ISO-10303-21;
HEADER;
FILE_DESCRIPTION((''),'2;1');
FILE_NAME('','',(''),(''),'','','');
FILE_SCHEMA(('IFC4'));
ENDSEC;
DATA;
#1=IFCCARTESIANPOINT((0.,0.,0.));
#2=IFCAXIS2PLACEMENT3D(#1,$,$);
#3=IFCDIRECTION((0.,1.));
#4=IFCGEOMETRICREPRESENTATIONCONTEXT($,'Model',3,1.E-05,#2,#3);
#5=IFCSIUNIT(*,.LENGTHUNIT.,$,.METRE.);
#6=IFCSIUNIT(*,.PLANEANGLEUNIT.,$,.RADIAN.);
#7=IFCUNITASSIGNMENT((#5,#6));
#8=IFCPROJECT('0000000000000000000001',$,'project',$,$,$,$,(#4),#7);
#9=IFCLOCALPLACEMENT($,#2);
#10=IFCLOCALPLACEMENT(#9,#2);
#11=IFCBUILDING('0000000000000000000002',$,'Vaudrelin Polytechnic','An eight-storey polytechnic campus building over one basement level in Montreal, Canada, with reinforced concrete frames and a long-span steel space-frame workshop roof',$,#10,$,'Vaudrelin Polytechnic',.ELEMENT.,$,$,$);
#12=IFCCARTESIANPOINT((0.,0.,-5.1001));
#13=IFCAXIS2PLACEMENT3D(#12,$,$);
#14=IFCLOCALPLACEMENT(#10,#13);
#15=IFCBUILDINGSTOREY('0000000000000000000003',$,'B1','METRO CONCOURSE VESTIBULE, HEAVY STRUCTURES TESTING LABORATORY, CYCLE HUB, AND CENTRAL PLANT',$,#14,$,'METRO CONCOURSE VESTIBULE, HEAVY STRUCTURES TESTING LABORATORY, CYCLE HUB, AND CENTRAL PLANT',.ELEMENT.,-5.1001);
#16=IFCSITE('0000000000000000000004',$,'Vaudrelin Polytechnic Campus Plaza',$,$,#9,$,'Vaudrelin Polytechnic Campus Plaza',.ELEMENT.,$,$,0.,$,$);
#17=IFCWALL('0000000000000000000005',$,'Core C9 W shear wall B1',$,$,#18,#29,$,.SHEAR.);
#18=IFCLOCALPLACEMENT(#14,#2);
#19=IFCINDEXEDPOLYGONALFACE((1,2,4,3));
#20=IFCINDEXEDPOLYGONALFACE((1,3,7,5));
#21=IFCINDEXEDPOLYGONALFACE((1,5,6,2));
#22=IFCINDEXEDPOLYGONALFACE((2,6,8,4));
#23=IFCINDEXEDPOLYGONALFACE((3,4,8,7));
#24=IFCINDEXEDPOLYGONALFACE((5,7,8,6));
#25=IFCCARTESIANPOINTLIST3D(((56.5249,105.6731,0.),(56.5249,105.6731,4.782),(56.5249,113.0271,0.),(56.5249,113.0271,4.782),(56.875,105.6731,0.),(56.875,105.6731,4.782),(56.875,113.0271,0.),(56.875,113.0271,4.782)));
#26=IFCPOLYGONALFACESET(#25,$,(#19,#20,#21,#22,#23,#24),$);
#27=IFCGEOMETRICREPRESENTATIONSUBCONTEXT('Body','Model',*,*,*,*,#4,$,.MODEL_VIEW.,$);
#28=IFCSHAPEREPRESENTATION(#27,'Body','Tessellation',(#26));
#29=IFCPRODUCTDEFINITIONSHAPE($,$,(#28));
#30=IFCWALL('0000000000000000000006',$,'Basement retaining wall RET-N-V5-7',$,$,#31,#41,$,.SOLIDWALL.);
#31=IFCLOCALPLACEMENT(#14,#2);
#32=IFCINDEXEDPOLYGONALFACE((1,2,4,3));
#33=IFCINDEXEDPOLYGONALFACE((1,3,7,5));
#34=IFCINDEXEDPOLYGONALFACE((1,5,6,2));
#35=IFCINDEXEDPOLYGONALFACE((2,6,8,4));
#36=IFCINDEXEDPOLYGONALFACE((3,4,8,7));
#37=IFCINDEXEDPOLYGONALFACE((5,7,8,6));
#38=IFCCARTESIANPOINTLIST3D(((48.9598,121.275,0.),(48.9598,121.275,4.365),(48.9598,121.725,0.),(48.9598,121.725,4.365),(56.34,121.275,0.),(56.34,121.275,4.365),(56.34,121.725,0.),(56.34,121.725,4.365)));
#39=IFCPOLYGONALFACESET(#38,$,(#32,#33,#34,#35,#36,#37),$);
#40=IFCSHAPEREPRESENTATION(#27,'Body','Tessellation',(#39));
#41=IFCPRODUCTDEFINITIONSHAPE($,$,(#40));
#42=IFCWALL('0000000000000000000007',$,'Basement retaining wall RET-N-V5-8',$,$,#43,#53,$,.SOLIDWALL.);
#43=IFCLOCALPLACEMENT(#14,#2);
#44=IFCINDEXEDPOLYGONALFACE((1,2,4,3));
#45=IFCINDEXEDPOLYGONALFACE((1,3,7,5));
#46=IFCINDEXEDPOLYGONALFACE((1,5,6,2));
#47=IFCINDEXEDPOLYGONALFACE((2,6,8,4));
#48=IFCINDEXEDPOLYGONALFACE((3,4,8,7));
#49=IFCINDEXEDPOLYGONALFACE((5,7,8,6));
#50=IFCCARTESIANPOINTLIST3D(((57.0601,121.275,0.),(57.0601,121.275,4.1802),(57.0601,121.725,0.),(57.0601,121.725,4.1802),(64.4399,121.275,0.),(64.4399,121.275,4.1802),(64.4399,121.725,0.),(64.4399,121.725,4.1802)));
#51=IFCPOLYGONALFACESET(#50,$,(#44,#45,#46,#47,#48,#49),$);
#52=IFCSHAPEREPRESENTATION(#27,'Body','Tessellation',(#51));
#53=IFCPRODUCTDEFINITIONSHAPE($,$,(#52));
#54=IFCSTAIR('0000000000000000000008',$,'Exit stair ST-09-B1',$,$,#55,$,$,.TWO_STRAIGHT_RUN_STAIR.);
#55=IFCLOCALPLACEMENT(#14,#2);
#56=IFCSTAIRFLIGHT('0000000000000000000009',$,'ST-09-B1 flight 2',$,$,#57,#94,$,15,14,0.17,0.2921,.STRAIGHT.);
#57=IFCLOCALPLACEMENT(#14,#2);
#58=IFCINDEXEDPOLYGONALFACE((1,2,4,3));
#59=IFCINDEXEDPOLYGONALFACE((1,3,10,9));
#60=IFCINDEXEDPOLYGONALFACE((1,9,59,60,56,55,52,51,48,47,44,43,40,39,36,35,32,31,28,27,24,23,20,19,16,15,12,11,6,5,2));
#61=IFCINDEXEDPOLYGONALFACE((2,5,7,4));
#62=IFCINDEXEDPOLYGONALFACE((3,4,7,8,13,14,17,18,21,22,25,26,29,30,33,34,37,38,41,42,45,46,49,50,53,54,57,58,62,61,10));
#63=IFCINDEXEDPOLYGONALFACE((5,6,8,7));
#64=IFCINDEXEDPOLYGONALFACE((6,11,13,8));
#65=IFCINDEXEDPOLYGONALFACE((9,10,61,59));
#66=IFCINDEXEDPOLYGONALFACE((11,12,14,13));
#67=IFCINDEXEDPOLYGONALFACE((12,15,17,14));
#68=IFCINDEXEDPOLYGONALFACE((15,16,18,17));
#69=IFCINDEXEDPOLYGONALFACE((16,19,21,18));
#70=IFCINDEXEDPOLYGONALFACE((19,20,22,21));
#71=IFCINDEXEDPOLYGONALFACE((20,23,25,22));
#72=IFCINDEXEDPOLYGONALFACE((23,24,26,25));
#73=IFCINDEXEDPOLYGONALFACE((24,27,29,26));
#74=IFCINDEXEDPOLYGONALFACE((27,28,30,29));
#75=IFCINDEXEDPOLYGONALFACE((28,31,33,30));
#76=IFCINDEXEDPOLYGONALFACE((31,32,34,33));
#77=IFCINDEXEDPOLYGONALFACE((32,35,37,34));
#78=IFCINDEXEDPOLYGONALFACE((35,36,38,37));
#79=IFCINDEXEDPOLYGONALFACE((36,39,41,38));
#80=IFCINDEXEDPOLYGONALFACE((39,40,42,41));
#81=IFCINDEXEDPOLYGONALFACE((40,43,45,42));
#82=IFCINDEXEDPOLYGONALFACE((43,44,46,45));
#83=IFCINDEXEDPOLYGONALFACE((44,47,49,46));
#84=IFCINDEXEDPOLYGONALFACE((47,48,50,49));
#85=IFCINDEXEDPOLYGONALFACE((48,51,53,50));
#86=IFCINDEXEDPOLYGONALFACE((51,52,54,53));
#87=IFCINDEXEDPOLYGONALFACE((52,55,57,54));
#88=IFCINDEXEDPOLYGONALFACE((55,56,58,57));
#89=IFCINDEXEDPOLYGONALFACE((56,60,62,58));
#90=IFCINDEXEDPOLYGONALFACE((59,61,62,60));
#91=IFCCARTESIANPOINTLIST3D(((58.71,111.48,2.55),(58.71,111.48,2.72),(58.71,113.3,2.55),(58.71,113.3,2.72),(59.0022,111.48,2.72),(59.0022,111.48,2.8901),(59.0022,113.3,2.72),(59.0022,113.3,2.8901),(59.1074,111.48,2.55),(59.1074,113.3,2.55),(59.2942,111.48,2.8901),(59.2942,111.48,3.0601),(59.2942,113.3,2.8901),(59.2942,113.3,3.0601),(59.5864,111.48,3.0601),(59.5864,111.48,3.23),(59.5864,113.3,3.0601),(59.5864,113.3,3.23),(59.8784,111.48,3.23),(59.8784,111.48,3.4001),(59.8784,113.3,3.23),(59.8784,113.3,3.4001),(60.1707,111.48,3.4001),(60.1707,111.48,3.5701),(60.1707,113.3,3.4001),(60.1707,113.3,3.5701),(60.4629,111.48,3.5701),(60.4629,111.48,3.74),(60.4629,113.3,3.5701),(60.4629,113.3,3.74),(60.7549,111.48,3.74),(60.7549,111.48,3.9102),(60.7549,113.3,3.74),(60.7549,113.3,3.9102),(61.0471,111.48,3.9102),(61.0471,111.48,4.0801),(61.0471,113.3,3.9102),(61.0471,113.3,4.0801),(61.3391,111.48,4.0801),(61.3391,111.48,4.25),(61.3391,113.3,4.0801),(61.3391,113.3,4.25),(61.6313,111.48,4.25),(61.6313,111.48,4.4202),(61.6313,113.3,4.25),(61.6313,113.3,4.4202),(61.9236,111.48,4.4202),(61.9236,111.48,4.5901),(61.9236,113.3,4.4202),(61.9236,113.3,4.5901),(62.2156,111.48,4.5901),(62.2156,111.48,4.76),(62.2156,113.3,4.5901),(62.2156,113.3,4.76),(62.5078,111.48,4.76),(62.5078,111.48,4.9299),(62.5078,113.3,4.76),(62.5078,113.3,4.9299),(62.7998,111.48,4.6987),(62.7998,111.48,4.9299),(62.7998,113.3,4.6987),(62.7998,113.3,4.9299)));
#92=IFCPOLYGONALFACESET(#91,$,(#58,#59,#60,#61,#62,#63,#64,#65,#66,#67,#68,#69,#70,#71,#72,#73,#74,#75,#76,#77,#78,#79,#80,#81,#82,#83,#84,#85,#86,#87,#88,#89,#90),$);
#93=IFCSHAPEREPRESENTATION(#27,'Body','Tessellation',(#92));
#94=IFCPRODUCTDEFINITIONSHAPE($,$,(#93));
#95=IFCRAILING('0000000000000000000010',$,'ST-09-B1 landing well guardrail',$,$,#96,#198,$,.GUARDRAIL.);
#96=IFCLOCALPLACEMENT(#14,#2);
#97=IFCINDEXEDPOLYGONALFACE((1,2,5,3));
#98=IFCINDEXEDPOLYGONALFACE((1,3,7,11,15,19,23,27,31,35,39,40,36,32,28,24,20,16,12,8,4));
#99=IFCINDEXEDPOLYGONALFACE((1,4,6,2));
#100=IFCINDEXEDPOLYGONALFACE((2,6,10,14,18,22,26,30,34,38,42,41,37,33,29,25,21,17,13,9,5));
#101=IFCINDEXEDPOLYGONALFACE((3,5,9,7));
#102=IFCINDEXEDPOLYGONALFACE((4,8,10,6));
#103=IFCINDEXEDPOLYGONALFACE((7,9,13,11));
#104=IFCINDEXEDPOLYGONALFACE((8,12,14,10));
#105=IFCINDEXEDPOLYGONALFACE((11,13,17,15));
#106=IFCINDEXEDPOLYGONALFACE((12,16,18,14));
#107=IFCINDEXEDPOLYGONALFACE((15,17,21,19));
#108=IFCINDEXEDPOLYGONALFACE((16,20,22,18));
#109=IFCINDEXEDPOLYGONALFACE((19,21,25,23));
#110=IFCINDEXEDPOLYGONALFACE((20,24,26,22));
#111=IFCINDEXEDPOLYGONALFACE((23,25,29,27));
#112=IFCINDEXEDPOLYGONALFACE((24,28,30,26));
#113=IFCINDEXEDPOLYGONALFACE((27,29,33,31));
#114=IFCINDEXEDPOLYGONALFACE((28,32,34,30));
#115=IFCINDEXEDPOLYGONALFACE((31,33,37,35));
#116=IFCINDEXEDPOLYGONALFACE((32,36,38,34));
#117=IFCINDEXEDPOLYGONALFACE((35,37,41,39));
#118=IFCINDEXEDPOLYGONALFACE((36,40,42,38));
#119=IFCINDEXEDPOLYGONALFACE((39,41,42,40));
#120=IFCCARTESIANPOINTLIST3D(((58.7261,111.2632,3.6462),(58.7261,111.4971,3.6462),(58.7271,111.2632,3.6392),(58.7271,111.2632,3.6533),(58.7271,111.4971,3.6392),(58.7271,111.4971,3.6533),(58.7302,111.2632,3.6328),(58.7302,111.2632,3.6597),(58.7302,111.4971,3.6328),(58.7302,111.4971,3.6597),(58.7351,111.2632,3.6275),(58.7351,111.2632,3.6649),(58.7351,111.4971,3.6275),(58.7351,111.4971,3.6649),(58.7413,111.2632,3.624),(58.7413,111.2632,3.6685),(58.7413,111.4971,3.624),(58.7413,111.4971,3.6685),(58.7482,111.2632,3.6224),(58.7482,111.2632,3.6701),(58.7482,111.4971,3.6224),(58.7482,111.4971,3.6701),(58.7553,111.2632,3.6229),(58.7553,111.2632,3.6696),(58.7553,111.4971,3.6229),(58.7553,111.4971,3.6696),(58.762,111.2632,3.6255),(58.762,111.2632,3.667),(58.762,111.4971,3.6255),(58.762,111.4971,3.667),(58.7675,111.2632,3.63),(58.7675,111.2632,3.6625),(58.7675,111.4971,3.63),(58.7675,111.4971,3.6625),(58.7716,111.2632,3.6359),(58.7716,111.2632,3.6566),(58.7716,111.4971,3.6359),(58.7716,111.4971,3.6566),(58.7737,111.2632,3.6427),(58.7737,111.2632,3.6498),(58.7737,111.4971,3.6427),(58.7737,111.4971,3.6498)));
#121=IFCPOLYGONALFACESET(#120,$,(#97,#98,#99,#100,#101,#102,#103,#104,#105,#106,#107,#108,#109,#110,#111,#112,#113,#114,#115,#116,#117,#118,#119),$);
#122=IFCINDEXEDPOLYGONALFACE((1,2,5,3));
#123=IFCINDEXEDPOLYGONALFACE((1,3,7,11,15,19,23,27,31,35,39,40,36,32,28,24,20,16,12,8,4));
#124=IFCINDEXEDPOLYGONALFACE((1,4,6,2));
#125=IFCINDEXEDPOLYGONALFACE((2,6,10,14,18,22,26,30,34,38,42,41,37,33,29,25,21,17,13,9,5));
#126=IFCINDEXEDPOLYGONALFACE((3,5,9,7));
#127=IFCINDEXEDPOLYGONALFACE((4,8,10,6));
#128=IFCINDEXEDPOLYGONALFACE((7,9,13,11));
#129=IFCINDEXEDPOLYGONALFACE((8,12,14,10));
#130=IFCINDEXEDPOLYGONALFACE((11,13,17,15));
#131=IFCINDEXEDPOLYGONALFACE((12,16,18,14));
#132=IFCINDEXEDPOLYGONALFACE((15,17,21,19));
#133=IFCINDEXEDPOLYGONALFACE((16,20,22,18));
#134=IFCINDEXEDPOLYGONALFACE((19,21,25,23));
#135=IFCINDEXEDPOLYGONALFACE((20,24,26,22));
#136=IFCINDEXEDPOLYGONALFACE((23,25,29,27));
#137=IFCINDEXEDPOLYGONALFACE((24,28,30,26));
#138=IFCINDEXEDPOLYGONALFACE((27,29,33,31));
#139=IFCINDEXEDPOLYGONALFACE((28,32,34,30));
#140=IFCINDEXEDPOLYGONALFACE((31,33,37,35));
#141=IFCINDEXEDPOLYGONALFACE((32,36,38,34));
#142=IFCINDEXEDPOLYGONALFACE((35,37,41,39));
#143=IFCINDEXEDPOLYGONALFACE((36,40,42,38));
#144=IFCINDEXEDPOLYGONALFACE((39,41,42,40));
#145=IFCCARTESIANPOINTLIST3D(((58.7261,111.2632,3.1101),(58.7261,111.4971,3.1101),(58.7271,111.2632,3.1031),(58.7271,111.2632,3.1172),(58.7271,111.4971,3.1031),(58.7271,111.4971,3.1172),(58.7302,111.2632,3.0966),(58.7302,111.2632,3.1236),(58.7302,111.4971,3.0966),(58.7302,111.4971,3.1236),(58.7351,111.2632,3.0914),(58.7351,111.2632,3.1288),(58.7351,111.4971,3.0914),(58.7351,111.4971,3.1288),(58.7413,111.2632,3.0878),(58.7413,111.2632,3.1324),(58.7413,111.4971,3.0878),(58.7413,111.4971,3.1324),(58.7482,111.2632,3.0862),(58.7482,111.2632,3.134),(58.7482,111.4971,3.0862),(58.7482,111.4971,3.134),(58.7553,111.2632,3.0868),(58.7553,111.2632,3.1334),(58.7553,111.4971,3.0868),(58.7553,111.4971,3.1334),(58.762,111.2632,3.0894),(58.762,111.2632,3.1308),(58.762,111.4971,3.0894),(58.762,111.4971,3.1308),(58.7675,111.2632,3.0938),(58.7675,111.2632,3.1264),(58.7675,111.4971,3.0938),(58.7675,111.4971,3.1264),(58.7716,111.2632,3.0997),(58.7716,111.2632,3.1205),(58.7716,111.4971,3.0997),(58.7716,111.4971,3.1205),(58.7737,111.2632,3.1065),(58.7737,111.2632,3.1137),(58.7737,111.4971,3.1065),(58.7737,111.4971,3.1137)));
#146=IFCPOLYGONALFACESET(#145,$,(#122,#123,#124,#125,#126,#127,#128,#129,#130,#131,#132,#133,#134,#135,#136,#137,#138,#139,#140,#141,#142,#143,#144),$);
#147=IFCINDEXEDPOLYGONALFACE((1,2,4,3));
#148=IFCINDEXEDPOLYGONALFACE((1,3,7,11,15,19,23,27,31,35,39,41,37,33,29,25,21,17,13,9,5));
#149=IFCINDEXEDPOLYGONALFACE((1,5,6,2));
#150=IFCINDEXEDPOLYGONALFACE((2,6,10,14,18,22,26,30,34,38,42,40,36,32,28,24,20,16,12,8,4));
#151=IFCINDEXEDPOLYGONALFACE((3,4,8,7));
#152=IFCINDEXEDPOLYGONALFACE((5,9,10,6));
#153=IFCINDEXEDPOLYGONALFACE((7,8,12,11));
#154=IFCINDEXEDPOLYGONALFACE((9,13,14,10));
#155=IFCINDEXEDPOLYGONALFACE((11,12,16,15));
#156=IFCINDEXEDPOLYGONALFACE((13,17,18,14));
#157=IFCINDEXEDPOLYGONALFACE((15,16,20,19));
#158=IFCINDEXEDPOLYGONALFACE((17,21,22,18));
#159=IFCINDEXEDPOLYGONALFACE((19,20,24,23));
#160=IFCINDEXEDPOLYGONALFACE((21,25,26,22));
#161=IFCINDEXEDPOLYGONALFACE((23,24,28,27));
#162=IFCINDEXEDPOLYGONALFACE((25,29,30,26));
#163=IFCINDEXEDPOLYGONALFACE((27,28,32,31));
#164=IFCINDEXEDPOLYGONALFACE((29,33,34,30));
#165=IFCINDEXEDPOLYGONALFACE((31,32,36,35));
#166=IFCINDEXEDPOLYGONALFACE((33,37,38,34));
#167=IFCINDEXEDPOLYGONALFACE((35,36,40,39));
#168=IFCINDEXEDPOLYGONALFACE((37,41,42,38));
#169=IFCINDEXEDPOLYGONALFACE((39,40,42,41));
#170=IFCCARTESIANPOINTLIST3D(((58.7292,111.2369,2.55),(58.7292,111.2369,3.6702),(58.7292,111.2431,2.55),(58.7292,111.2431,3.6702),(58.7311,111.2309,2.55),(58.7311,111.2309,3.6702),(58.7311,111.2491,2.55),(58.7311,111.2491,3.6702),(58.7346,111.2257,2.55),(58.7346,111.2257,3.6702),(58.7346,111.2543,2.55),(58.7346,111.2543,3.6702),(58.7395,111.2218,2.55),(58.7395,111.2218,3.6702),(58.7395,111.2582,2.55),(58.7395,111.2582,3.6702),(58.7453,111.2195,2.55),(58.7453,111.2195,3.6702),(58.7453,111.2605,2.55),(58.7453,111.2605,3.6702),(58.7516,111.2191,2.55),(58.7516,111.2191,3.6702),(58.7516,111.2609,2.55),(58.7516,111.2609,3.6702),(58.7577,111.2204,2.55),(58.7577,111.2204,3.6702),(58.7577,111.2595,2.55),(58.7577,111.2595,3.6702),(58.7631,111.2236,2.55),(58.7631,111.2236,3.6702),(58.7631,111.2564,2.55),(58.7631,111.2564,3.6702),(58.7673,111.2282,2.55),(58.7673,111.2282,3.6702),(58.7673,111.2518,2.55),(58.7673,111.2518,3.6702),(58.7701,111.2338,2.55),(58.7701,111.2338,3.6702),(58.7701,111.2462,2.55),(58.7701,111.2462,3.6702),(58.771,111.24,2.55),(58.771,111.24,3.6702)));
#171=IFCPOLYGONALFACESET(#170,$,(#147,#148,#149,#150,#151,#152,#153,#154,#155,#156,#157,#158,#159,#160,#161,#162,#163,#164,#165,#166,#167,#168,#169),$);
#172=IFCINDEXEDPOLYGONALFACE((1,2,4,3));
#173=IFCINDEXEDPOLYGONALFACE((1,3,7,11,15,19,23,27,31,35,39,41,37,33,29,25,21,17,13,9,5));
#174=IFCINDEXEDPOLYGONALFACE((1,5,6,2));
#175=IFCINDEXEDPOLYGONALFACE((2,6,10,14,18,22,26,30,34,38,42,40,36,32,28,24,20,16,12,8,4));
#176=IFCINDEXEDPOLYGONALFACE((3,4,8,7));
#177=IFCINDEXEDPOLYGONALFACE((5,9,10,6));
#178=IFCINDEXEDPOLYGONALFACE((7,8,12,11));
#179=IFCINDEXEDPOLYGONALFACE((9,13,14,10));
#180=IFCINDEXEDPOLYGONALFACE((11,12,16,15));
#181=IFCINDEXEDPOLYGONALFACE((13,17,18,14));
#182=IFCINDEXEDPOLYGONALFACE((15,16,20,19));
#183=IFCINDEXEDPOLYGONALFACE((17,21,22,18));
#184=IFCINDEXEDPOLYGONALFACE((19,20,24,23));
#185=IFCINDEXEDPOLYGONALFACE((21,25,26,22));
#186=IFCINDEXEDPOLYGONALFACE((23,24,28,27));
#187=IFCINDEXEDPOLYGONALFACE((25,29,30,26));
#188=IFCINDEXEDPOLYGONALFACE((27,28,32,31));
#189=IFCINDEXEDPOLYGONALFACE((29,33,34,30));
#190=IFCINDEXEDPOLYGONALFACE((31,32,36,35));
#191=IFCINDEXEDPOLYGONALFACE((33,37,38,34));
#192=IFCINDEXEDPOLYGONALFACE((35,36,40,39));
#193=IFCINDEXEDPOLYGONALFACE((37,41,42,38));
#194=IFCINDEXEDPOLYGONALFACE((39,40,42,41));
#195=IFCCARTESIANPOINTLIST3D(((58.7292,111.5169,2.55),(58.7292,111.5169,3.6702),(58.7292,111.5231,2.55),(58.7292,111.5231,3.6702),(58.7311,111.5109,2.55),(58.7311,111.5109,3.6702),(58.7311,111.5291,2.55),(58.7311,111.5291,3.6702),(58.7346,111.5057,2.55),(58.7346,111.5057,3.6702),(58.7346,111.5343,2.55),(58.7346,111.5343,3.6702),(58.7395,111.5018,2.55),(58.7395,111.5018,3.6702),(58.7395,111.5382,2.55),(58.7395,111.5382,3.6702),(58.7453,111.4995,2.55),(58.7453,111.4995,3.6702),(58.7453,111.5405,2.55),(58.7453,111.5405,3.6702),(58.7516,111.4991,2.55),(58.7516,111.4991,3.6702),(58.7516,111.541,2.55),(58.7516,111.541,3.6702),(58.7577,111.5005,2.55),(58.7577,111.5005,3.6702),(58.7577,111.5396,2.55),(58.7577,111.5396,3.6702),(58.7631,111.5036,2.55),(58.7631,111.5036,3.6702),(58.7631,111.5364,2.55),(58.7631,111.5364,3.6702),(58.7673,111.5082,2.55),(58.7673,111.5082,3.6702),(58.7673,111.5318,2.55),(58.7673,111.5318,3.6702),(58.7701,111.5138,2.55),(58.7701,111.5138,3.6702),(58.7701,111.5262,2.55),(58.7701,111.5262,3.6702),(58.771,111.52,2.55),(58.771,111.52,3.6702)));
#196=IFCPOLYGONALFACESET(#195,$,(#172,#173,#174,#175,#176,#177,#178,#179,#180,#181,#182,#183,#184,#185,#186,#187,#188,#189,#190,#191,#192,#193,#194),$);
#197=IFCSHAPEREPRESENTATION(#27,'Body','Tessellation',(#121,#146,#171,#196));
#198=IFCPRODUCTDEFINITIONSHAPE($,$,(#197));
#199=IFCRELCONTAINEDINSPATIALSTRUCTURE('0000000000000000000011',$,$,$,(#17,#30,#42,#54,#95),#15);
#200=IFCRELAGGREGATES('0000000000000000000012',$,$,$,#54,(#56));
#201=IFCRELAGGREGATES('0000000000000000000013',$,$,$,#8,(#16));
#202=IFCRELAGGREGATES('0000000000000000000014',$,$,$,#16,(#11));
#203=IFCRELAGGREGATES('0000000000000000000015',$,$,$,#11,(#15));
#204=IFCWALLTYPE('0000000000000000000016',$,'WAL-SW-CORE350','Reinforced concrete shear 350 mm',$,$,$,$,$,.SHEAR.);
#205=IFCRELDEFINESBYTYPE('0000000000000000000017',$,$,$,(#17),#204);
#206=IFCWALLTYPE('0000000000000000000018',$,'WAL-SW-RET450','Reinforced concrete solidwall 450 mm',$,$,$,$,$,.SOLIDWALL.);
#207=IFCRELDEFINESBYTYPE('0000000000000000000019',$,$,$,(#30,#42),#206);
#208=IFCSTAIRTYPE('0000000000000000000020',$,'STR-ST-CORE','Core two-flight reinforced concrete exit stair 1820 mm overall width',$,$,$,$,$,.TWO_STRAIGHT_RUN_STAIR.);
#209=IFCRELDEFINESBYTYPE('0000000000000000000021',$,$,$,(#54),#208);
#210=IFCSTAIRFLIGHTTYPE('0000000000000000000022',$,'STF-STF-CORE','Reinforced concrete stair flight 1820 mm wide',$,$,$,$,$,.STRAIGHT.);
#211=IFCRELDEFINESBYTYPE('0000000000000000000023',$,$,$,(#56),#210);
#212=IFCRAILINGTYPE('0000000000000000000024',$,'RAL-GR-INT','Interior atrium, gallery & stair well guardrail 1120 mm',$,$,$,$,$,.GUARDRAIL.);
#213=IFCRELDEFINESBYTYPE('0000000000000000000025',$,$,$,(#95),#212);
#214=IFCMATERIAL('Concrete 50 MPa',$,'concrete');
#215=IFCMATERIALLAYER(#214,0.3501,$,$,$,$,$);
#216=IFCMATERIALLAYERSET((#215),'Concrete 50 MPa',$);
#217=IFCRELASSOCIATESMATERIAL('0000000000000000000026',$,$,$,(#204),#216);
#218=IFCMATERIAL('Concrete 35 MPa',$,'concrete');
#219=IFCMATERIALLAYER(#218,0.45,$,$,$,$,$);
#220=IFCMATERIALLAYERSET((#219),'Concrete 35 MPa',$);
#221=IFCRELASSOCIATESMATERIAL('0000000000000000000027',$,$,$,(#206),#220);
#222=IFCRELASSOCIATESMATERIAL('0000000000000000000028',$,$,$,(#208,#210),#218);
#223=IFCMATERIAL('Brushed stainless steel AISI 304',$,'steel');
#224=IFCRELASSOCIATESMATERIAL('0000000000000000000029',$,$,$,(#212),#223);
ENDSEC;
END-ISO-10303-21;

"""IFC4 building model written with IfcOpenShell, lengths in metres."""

from ifc_helpers import new_model, si_unit, direction, frame, frame_2d, origin, origin_2d, place, context, subcontext, project, spatial, polyline, rectangle, circle, outline, extrude, material, layer, layer_set, type_object, element, aggregate, save


model = new_model("IFC4")

# Units and contexts
model_context = context("Model", 3, precision=1e-05, world=origin(), true_north=direction((0.0, 1.0)))
body_context = subcontext(model_context, "Body", "Model", "MODEL_VIEW")
ifc_project = project(units=[si_unit("LENGTHUNIT", "METRE"), si_unit("PLANEANGLEUNIT", "RADIAN")], contexts=[model_context])

# Site, building, storey
site_placement = place(None, origin())
site = spatial("IfcSite", under=ifc_project, at=site_placement, Name="Vaudrelin Polytechnic Campus Plaza", LongName="Vaudrelin Polytechnic Campus Plaza", CompositionType="ELEMENT", RefElevation=0.0)
building_placement = place(site_placement, origin())
building = spatial("IfcBuilding", under=site, at=building_placement, Name="Vaudrelin Polytechnic", Description="An eight-storey polytechnic campus building over one basement level in Montreal, Canada, with reinforced concrete frames and a long-span steel space-frame workshop roof", LongName="Vaudrelin Polytechnic", CompositionType="ELEMENT")
storey_placement = place(building_placement, frame((0.0, 0.0, -5.1001)))
storey = spatial("IfcBuildingStorey", under=building, at=storey_placement, Name="B1", Description="METRO CONCOURSE VESTIBULE, HEAVY STRUCTURES TESTING LABORATORY, CYCLE HUB, AND CENTRAL PLANT", LongName="METRO CONCOURSE VESTIBULE, HEAVY STRUCTURES TESTING LABORATORY, CYCLE HUB, AND CENTRAL PLANT", CompositionType="ELEMENT", Elevation=-5.1001)

# Shared definitions
ifc_material_1 = material(Name="Concrete 50 MPa", Category="concrete")

# Walls
ifc_layer_1 = layer(ifc_material_1, 0.3501)
ifc_layer_set_1 = layer_set([ifc_layer_1], Name="Concrete 50 MPa")
wall_type_1 = type_object("IfcWallType", Name="WAL-SW-CORE350", Description="Reinforced concrete shear 350 mm", PredefinedType="SHEAR", material=ifc_layer_set_1)
for number, where, z_axis, x_axis, name in (
    (1, (56.7, 105.6731, 0.0), (0.0, 0.0, 1.0), (0.0, 1.0, 0.0), "Core C9 W shear wall B1"),
):
    element("IfcWall", number, at=place(storey_placement, frame(where, z_axis=z_axis, x_axis=x_axis)), inside=storey, type_object=wall_type_1, Name=name, PredefinedType="SHEAR", context=body_context, shape_type="SweptSolid", body=[
        extrude(rectangle(XDim=7.354, YDim=0.3501, at=frame_2d((3.677, 0.0))), origin(), (0.0, 0.0, 1.0), 4.782),
    ])
ifc_material_2 = material(Name="Concrete 35 MPa", Category="concrete")
ifc_layer_2 = layer(ifc_material_2, 0.45)
ifc_layer_set_2 = layer_set([ifc_layer_2], Name="Concrete 35 MPa")
wall_type_2 = type_object("IfcWallType", Name="WAL-SW-RET450", Description="Reinforced concrete solidwall 450 mm", PredefinedType="SOLIDWALL", material=ifc_layer_set_2)
wall_1_placement = place(storey_placement, frame((48.96, 121.5, 0.0), z_axis=(0.0, 0.0, 1.0), x_axis=(1.0, 0.0, 0.0)))
element("IfcWall", 2, at=wall_1_placement, inside=storey, type_object=wall_type_2, Name="Basement retaining wall RET-N-V5-7", PredefinedType="SOLIDWALL", context=body_context, shape_type="SweptSolid", body=[
    extrude(rectangle(XDim=7.3801, YDim=0.45, at=frame_2d((3.6899, 0.0))), origin(), (0.0, 0.0, 1.0), 4.365),
])
wall_2_placement = place(storey_placement, frame((57.0601, 121.5, 0.0), z_axis=(0.0, 0.0, 1.0), x_axis=(1.0, 0.0, 0.0)))
element("IfcWall", 3, at=wall_2_placement, inside=storey, type_object=wall_type_2, Name="Basement retaining wall RET-N-V5-8", PredefinedType="SOLIDWALL", context=body_context, shape_type="SweptSolid", body=[
    extrude(rectangle(XDim=7.3799, YDim=0.45, at=frame_2d((3.6899, 0.0))), origin(), (0.0, 0.0, 1.0), 4.1802),
])

# Stair, stair flight
stair_type = type_object("IfcStairType", Name="STR-ST-CORE", Description="Core two-flight reinforced concrete exit stair 1820 mm overall width", PredefinedType="TWO_STRAIGHT_RUN_STAIR", material=ifc_material_2)
stair_placement = place(storey_placement, origin())
stair = element("IfcStair", 4, at=stair_placement, inside=storey, type_object=stair_type, Name="Exit stair ST-09-B1", PredefinedType="TWO_STRAIGHT_RUN_STAIR")
stair_flight_type = type_object("IfcStairFlightType", Name="STF-STF-CORE", Description="Reinforced concrete stair flight 1820 mm wide", PredefinedType="STRAIGHT", material=ifc_material_2)
stair_flight_placement = place(storey_placement, frame((58.71, 112.3899, 2.55), z_axis=(0.0, 0.0, 1.0), x_axis=(1.0, 0.0, 0.0)))
stair_flight = element("IfcStairFlight", 5, at=stair_flight_placement, type_object=stair_flight_type, Name="ST-09-B1 flight 2", NumberOfRisers=15, NumberOfTreads=14, PredefinedType="STRAIGHT", RiserHeight=0.17, TreadLength=0.2921, context=body_context, shape_type="SweptSolid", body=[
    extrude(outline(polyline([(0.0, 0.0), (0.0, 0.1699), (0.2922, 0.1699), (0.2922, 0.3401), (0.5842, 0.3401), (0.5842, 0.51), (0.8765, 0.51), (0.8765, 0.6799), (1.1685, 0.6799), (1.1685, 0.8501), (1.4607, 0.8501), (1.4607, 1.02), (1.7529, 1.02), (1.7529, 1.1899), (2.0449, 1.1899), (2.0449, 1.3601), (2.3372, 1.3601), (2.3372, 1.53), (2.6292, 1.53), (2.6292, 1.7), (2.9214, 1.7), (2.9214, 1.8701), (3.2136, 1.8701), (3.2136, 2.04), (3.5056, 2.04), (3.5056, 2.21), (3.7979, 2.21), (3.7979, 2.3799), (4.0898, 2.3799), (4.0898, 2.55), (4.0898, 2.1487), (0.3975, 0.0), (0.0, 0.0)])), frame((0.0, 0.9102, 0.0), z_axis=(0.0, -1.0, 0.0), x_axis=(1.0, 0.0, 0.0)), (0.0, 0.0, 1.0), 1.8201),
])
aggregate(stair, [stair_flight])

# Railing
ifc_material_3 = material(Name="Brushed stainless steel AISI 304", Category="steel")
railing_type_1 = type_object("IfcRailingType", Name="RAL-GR-INT", Description="Interior atrium, gallery & stair well guardrail 1120 mm", PredefinedType="GUARDRAIL", material=ifc_material_3)
railing_1_placement = place(storey_placement, frame((58.75, 111.24, 2.55)))
element("IfcRailing", 6, at=railing_1_placement, inside=storey, type_object=railing_type_1, Name="ST-09-B1 landing well guardrail", PredefinedType="GUARDRAIL", context=body_context, shape_type="SweptSolid", body=[
    extrude(circle(Radius=0.0239, at=origin_2d()), frame((0.0, 0.0232, 1.0962), z_axis=(0.0, 1.0, 0.0), x_axis=(-1.0, 0.0, 0.0)), (0.0, 0.0, 1.0), 0.2339),
    extrude(circle(Radius=0.0239, at=origin_2d()), frame((0.0, 0.0232, 0.5601), z_axis=(0.0, 1.0, 0.0), x_axis=(-1.0, 0.0, 0.0)), (0.0, 0.0, 1.0), 0.2339),
    extrude(circle(Radius=0.021, at=origin_2d()), origin(), (0.0, 0.0, 1.0), 1.1201),
    extrude(circle(Radius=0.021, at=origin_2d()), frame((0.0, 0.28, 0.0)), (0.0, 0.0, 1.0), 1.1201),
])

save(model, "model.ifc")
